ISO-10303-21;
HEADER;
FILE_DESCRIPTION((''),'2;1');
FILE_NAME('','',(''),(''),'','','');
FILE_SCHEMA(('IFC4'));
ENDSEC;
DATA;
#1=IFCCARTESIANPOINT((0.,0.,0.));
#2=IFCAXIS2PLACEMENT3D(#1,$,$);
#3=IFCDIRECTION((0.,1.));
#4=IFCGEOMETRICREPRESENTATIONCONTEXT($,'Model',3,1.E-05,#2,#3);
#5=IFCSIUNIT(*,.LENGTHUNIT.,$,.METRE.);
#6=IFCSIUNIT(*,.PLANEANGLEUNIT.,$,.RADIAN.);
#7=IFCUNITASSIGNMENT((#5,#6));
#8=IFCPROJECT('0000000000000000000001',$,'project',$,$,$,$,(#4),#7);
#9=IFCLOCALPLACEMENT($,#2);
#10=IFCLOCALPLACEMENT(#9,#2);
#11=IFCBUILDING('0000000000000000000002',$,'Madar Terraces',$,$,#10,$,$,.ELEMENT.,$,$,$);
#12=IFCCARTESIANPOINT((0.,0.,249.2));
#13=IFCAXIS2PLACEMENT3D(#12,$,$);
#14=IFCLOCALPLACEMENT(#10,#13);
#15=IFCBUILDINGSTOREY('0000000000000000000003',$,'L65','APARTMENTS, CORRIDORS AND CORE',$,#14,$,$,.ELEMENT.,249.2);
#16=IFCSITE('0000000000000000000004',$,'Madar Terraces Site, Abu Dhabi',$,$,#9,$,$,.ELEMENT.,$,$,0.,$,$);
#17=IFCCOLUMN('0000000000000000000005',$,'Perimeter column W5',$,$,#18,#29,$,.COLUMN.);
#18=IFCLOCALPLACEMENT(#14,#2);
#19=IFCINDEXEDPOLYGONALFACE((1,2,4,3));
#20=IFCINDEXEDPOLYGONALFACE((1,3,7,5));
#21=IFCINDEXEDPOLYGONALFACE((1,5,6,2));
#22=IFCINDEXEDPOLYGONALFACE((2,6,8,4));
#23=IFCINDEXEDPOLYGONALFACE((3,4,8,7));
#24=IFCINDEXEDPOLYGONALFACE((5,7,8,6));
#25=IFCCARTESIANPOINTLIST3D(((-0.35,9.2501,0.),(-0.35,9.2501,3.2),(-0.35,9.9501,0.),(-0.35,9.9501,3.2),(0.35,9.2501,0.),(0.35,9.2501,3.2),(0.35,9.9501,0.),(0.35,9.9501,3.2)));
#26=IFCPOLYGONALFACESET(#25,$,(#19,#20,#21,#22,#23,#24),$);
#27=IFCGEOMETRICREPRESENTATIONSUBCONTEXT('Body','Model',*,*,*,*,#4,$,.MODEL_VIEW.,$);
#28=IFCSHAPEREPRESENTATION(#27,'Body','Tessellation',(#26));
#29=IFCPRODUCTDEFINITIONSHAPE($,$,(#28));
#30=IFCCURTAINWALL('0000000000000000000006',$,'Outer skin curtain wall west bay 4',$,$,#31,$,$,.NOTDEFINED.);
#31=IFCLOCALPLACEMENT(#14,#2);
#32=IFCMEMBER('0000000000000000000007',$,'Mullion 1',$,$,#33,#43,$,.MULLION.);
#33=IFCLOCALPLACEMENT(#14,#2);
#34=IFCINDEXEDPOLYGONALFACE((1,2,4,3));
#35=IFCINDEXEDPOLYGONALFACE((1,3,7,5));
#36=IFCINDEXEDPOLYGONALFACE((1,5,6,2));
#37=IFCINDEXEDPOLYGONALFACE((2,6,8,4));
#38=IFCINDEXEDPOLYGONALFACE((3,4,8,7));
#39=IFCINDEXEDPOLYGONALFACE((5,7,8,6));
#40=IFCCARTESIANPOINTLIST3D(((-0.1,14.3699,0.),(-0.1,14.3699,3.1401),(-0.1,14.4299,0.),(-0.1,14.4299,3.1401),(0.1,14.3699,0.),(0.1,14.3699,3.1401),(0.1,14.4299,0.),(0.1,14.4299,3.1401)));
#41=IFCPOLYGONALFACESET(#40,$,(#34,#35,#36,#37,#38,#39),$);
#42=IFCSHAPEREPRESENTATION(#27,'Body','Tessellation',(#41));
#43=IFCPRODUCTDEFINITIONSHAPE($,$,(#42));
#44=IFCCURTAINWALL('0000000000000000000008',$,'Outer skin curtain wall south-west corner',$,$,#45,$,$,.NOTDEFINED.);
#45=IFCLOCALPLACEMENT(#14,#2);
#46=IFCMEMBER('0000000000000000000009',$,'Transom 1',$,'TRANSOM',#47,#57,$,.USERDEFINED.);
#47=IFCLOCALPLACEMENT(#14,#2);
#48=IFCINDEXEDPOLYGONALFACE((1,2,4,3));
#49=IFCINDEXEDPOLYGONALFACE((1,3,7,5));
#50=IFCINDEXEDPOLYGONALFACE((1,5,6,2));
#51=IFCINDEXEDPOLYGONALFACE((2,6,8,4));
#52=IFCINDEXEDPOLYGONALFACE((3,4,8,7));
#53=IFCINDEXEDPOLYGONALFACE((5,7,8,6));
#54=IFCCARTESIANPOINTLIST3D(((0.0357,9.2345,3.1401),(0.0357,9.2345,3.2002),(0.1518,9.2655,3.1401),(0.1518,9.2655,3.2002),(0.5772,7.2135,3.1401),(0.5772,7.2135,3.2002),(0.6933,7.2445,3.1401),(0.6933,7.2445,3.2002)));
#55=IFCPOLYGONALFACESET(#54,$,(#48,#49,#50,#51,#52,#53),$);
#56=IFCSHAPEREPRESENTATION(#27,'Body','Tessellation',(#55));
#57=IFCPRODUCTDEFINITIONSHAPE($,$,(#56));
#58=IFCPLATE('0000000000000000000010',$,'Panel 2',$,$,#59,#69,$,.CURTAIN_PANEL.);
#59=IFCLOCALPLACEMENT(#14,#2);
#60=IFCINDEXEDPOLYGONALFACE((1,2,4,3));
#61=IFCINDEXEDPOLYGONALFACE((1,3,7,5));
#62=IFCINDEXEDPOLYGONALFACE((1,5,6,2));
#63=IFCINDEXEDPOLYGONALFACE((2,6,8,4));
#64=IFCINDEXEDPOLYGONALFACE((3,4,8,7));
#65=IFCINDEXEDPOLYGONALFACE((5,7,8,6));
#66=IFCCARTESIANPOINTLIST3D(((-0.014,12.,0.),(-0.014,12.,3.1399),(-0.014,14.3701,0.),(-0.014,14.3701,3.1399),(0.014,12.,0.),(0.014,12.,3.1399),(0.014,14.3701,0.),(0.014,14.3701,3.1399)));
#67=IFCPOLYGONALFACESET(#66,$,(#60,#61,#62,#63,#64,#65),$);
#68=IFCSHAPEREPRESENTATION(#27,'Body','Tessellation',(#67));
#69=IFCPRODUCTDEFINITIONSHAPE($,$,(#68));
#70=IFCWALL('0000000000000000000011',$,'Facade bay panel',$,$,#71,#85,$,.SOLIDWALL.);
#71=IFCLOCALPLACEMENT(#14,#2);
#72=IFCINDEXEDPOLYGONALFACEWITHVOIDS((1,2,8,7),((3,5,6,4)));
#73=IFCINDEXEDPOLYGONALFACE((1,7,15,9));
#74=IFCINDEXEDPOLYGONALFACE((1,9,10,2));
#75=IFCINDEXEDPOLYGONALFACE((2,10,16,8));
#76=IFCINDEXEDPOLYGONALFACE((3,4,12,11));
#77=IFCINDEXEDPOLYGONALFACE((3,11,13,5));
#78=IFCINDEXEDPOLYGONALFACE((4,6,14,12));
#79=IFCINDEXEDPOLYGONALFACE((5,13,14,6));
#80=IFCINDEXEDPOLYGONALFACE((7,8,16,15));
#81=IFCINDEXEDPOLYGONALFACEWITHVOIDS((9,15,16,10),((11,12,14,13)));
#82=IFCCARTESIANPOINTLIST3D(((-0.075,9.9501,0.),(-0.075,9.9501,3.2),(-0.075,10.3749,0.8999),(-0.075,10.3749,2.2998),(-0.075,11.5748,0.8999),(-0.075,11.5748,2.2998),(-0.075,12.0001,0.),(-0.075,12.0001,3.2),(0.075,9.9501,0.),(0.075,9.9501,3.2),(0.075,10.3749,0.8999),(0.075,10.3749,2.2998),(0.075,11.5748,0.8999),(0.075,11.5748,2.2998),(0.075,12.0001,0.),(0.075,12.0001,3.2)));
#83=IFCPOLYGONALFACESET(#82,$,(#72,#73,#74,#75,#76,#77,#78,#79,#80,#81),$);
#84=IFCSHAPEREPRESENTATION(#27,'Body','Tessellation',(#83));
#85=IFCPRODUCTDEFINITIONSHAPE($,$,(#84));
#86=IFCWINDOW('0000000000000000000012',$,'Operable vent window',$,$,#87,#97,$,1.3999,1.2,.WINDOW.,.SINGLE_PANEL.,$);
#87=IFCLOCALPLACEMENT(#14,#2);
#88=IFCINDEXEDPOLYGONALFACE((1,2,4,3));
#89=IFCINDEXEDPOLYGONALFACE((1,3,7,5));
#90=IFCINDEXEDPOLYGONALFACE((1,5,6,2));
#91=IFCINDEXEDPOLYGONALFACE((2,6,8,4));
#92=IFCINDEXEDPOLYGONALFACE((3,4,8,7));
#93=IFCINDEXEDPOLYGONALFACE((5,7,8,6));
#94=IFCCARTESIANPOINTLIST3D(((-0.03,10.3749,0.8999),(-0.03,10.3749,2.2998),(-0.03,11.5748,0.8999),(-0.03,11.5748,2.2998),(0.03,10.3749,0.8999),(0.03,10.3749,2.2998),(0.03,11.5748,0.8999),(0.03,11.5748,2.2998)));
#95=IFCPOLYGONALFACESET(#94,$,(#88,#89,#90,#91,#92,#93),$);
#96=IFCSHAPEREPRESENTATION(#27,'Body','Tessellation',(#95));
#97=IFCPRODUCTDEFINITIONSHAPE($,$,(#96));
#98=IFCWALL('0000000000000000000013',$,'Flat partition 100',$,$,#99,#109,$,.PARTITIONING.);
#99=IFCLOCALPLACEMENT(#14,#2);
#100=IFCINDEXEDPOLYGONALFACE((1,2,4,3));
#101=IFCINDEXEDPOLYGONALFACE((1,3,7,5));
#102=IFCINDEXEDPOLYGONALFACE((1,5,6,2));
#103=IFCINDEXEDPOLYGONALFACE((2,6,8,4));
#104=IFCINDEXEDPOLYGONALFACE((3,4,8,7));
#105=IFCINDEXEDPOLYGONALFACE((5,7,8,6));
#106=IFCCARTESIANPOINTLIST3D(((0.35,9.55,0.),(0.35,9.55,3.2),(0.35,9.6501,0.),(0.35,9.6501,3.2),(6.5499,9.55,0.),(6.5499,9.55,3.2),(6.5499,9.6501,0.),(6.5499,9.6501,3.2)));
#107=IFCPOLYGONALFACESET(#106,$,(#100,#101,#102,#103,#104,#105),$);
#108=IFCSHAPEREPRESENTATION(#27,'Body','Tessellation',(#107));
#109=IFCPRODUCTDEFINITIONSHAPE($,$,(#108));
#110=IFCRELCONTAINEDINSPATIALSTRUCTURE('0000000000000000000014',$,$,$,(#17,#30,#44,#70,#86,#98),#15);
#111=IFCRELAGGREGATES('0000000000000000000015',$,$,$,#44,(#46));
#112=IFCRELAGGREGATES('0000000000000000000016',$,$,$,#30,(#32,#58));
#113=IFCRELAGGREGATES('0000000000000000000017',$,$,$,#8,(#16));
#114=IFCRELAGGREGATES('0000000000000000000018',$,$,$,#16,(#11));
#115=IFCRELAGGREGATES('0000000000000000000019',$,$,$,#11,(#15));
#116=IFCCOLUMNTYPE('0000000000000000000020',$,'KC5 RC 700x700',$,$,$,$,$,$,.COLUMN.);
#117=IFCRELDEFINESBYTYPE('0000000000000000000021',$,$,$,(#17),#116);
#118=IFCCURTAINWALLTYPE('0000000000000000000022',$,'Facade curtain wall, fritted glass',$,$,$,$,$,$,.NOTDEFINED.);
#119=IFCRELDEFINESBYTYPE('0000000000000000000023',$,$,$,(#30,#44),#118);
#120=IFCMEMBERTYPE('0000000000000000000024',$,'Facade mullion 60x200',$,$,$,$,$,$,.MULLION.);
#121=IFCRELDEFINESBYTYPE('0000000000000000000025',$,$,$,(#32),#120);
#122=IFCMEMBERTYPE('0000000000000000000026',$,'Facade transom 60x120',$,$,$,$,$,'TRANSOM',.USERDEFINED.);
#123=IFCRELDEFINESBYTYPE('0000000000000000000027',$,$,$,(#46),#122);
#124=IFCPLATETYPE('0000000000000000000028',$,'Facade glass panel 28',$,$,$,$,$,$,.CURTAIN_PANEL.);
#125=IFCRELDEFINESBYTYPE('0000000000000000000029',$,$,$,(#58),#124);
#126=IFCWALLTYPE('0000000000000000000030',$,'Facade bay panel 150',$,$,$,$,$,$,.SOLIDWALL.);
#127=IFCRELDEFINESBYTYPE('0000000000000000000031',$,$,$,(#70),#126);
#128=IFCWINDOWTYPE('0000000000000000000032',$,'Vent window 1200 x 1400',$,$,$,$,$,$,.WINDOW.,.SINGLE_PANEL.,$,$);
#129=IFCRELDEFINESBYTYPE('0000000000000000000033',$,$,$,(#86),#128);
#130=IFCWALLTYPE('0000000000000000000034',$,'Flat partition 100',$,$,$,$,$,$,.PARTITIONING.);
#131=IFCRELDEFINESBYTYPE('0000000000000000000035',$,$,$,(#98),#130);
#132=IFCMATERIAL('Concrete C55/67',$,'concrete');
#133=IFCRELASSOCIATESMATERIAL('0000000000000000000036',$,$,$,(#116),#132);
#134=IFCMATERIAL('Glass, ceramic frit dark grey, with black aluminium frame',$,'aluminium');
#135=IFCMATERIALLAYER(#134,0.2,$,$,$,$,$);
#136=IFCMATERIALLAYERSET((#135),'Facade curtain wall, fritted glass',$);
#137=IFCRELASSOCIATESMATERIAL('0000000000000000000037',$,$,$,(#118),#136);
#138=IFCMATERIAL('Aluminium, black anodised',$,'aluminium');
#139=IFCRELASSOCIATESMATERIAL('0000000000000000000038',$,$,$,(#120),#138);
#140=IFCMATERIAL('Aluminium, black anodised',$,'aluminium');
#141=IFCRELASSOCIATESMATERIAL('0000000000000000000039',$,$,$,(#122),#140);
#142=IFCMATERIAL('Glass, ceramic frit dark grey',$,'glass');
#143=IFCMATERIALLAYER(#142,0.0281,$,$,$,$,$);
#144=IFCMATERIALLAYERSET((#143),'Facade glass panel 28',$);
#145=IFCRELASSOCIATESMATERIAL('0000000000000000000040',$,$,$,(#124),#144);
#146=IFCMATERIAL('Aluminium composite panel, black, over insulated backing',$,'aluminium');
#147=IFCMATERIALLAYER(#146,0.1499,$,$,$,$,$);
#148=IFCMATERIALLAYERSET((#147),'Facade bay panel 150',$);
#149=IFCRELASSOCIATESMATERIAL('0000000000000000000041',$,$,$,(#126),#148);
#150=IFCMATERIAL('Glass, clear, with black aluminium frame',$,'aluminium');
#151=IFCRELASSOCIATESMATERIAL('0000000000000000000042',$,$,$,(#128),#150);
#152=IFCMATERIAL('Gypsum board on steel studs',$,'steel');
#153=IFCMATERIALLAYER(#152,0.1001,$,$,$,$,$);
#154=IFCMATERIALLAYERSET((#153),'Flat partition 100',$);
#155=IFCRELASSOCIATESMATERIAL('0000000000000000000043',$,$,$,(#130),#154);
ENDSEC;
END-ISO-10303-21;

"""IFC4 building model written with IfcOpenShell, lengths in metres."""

from ifc_helpers import new_model, si_unit, direction, frame, frame_2d, origin, origin_2d, place, context, subcontext, project, spatial, rectangle, extrude, material, layer, layer_set, material_profile, profile_set, type_object, element, fill, aggregate, save


model = new_model("IFC4")

# Units and contexts
model_context = context("Model", 3, precision=1e-05, world=origin(), true_north=direction((0.0, 1.0)))
body_context = subcontext(model_context, "Body", "Model", "MODEL_VIEW")
ifc_project = project(units=[si_unit("LENGTHUNIT", "METRE"), si_unit("PLANEANGLEUNIT", "RADIAN")], contexts=[model_context])

# Site, building, storey
site_placement = place(None, origin())
site = spatial("IfcSite", under=ifc_project, at=site_placement, Name="Madar Terraces Site, Abu Dhabi", CompositionType="ELEMENT", RefElevation=0.0)
building_placement = place(site_placement, origin())
building = spatial("IfcBuilding", under=site, at=building_placement, Name="Madar Terraces", CompositionType="ELEMENT")
storey_placement = place(building_placement, frame((0.0, 0.0, 249.2)))
storey = spatial("IfcBuildingStorey", under=building, at=storey_placement, Name="L65", Description="APARTMENTS, CORRIDORS AND CORE", CompositionType="ELEMENT", Elevation=249.2)

# Column
ifc_material_1 = material(Name="Concrete C55/67", Category="concrete")
ifc_material_profile_1 = material_profile(ifc_material_1, rectangle(XDim=0.7, YDim=0.7, at=origin_2d()), Name="KC5 RC 700x700")
ifc_profile_set_1 = profile_set([ifc_material_profile_1], Name="Concrete C55/67")
column_type = type_object("IfcColumnType", Name="KC5 RC 700x700", PredefinedType="COLUMN", material=ifc_profile_set_1)
column_placement = place(storey_placement, frame((0.0, 9.6001, 0.0), z_axis=(0.0, 0.0, 1.0), x_axis=(1.0, 0.0, 0.0)))
element("IfcColumn", 1, at=column_placement, inside=storey, type_object=column_type, Name="Perimeter column W5", PredefinedType="COLUMN", context=body_context, shape_type="SweptSolid", body=[
    extrude(rectangle(XDim=0.7, YDim=0.7, at=origin_2d()), origin(), (0.0, 0.0, 1.0), 3.2),
])

# Curtain walls, members
ifc_material_2 = material(Name="Glass, ceramic frit dark grey, with black aluminium frame", Category="aluminium")
ifc_layer_1 = layer(ifc_material_2, 0.2)
ifc_layer_set_1 = layer_set([ifc_layer_1], Name="Facade curtain wall, fritted glass")
curtain_wall_type = type_object("IfcCurtainWallType", Name="Facade curtain wall, fritted glass", PredefinedType="NOTDEFINED", material=ifc_layer_set_1)
curtain_wall_1_placement = place(storey_placement, origin())
curtain_wall_1 = element("IfcCurtainWall", 2, at=curtain_wall_1_placement, inside=storey, type_object=curtain_wall_type, Name="Outer skin curtain wall west bay 4", PredefinedType="NOTDEFINED")
ifc_material_3 = material(Name="Aluminium, black anodised", Category="aluminium")
ifc_material_profile_2 = material_profile(ifc_material_3, rectangle(XDim=0.2, YDim=0.0601, at=origin_2d()), Name="Facade mullion 60x200")
ifc_profile_set_2 = profile_set([ifc_material_profile_2], Name="Aluminium, black anodised")
member_type_1 = type_object("IfcMemberType", Name="Facade mullion 60x200", PredefinedType="MULLION", material=ifc_profile_set_2)
member_1_placement = place(storey_placement, frame((0.0, 14.3999, 0.0), z_axis=(0.0, 0.0, 1.0), x_axis=(1.0, 0.0, 0.0)))
member_1 = element("IfcMember", 3, at=member_1_placement, type_object=member_type_1, Name="Mullion 1", PredefinedType="MULLION", context=body_context, shape_type="SweptSolid", body=[
    extrude(rectangle(XDim=0.2, YDim=0.0601, at=origin_2d()), origin(), (0.0, 0.0, 1.0), 3.1401),
])
curtain_wall_2_placement = place(storey_placement, origin())
curtain_wall_2 = element("IfcCurtainWall", 4, at=curtain_wall_2_placement, inside=storey, type_object=curtain_wall_type, Name="Outer skin curtain wall south-west corner", PredefinedType="NOTDEFINED")
ifc_material_4 = material(Name="Aluminium, black anodised", Category="aluminium")
ifc_material_profile_3 = material_profile(ifc_material_4, rectangle(XDim=0.1201, YDim=0.0601, at=origin_2d()), Name="Facade transom 60x120")
ifc_profile_set_3 = profile_set([ifc_material_profile_3], Name="Aluminium, black anodised")
member_type_2 = type_object("IfcMemberType", Name="Facade transom 60x120", ElementType="TRANSOM", PredefinedType="USERDEFINED", material=ifc_profile_set_3)
member_2_placement = place(storey_placement, frame((0.0938, 9.25, 3.1702), z_axis=(0.25881, -0.965928, 0.0), x_axis=(0.965928, 0.25881, 0.0)))
member_2 = element("IfcMember", 5, at=member_2_placement, type_object=member_type_2, Name="Transom 1", ObjectType="TRANSOM", PredefinedType="USERDEFINED", context=body_context, shape_type="SweptSolid", body=[
    extrude(rectangle(XDim=0.1201, YDim=0.0601, at=origin_2d()), origin(), (0.0, 0.0, 1.0), 2.0923),
])
aggregate(curtain_wall_2, [member_2])

# Plate
ifc_material_5 = material(Name="Glass, ceramic frit dark grey", Category="glass")
ifc_layer_2 = layer(ifc_material_5, 0.0281)
ifc_layer_set_2 = layer_set([ifc_layer_2], Name="Facade glass panel 28")
plate_type = type_object("IfcPlateType", Name="Facade glass panel 28", PredefinedType="CURTAIN_PANEL", material=ifc_layer_set_2)
plate_placement = place(storey_placement, frame((0.0, 13.1851, 0.0), z_axis=(0.0, 0.0, 1.0), x_axis=(0.0, -1.0, 0.0)))
plate = element("IfcPlate", 6, at=plate_placement, type_object=plate_type, Name="Panel 2", PredefinedType="CURTAIN_PANEL", context=body_context, shape_type="SweptSolid", body=[
    extrude(rectangle(XDim=2.3701, YDim=0.0281, at=origin_2d()), origin(), (0.0, 0.0, 1.0), 3.1399),
])
aggregate(curtain_wall_1, [member_1, plate])

# Wall, opening, window
ifc_material_6 = material(Name="Aluminium composite panel, black, over insulated backing", Category="aluminium")
ifc_layer_3 = layer(ifc_material_6, 0.1499)
ifc_layer_set_3 = layer_set([ifc_layer_3], Name="Facade bay panel 150")
wall_type_1 = type_object("IfcWallType", Name="Facade bay panel 150", PredefinedType="SOLIDWALL", material=ifc_layer_set_3)
wall_1_placement = place(storey_placement, frame((0.0, 12.0, 0.0), z_axis=(0.0, 0.0, 1.0), x_axis=(0.0, -1.0, 0.0)))
wall_1 = element("IfcWall", 7, at=wall_1_placement, inside=storey, type_object=wall_type_1, Name="Facade bay panel", PredefinedType="SOLIDWALL", context=body_context, shape_type="SweptSolid", body=[
    extrude(rectangle(XDim=2.05, YDim=0.1499, at=frame_2d((1.0249, 0.0))), origin(), (0.0, 0.0, 1.0), 3.2),
])
opening_1_placement = place(wall_1_placement, frame((0.425, 0.0, 0.8999)))
opening_1 = element("IfcOpeningElement", 8, at=opening_1_placement, cuts=wall_1, PredefinedType="OPENING", context=body_context, shape_type="SweptSolid", body=[
    extrude(rectangle(XDim=1.2, YDim=1.3999, at=frame_2d((0.6001, 0.7))), frame((0.0, 0.085, 0.0), z_axis=(0.0, -1.0, 0.0), x_axis=(1.0, 0.0, 0.0)), (0.0, 0.0, 1.0), 0.1699),
])
ifc_material_7 = material(Name="Glass, clear, with black aluminium frame", Category="aluminium")
window_type = type_object("IfcWindowType", Name="Vent window 1200 x 1400", PartitioningType="SINGLE_PANEL", PredefinedType="WINDOW", material=ifc_material_7)
window_placement = place(opening_1_placement, origin())
window = element("IfcWindow", 9, at=window_placement, inside=storey, type_object=window_type, Name="Operable vent window", OverallHeight=1.3999, OverallWidth=1.2, PartitioningType="SINGLE_PANEL", PredefinedType="WINDOW", context=body_context, shape_type="SweptSolid", body=[
    extrude(rectangle(XDim=1.2, YDim=1.3999, at=frame_2d((0.6001, 0.7))), frame((0.0, 0.03, 0.0), z_axis=(0.0, -1.0, 0.0), x_axis=(1.0, 0.0, 0.0)), (0.0, 0.0, 1.0), 0.0601),
])
fill(opening_1, window)

# Wall
ifc_material_8 = material(Name="Gypsum board on steel studs", Category="steel")
ifc_layer_4 = layer(ifc_material_8, 0.1001)
ifc_layer_set_4 = layer_set([ifc_layer_4], Name="Flat partition 100")
wall_type_2 = type_object("IfcWallType", Name="Flat partition 100", PredefinedType="PARTITIONING", material=ifc_layer_set_4)
wall_2_placement = place(storey_placement, frame((6.55, 9.6001, 0.0), z_axis=(0.0, 0.0, 1.0), x_axis=(-1.0, 0.0, 0.0)))
element("IfcWall", 10, at=wall_2_placement, inside=storey, type_object=wall_type_2, Name="Flat partition 100", PredefinedType="PARTITIONING", context=body_context, shape_type="SweptSolid", body=[
    extrude(rectangle(XDim=6.2, YDim=0.1001, at=frame_2d((3.1001, 0.0))), origin(), (0.0, 0.0, 1.0), 3.2),
])

save(model, "model.ifc")
